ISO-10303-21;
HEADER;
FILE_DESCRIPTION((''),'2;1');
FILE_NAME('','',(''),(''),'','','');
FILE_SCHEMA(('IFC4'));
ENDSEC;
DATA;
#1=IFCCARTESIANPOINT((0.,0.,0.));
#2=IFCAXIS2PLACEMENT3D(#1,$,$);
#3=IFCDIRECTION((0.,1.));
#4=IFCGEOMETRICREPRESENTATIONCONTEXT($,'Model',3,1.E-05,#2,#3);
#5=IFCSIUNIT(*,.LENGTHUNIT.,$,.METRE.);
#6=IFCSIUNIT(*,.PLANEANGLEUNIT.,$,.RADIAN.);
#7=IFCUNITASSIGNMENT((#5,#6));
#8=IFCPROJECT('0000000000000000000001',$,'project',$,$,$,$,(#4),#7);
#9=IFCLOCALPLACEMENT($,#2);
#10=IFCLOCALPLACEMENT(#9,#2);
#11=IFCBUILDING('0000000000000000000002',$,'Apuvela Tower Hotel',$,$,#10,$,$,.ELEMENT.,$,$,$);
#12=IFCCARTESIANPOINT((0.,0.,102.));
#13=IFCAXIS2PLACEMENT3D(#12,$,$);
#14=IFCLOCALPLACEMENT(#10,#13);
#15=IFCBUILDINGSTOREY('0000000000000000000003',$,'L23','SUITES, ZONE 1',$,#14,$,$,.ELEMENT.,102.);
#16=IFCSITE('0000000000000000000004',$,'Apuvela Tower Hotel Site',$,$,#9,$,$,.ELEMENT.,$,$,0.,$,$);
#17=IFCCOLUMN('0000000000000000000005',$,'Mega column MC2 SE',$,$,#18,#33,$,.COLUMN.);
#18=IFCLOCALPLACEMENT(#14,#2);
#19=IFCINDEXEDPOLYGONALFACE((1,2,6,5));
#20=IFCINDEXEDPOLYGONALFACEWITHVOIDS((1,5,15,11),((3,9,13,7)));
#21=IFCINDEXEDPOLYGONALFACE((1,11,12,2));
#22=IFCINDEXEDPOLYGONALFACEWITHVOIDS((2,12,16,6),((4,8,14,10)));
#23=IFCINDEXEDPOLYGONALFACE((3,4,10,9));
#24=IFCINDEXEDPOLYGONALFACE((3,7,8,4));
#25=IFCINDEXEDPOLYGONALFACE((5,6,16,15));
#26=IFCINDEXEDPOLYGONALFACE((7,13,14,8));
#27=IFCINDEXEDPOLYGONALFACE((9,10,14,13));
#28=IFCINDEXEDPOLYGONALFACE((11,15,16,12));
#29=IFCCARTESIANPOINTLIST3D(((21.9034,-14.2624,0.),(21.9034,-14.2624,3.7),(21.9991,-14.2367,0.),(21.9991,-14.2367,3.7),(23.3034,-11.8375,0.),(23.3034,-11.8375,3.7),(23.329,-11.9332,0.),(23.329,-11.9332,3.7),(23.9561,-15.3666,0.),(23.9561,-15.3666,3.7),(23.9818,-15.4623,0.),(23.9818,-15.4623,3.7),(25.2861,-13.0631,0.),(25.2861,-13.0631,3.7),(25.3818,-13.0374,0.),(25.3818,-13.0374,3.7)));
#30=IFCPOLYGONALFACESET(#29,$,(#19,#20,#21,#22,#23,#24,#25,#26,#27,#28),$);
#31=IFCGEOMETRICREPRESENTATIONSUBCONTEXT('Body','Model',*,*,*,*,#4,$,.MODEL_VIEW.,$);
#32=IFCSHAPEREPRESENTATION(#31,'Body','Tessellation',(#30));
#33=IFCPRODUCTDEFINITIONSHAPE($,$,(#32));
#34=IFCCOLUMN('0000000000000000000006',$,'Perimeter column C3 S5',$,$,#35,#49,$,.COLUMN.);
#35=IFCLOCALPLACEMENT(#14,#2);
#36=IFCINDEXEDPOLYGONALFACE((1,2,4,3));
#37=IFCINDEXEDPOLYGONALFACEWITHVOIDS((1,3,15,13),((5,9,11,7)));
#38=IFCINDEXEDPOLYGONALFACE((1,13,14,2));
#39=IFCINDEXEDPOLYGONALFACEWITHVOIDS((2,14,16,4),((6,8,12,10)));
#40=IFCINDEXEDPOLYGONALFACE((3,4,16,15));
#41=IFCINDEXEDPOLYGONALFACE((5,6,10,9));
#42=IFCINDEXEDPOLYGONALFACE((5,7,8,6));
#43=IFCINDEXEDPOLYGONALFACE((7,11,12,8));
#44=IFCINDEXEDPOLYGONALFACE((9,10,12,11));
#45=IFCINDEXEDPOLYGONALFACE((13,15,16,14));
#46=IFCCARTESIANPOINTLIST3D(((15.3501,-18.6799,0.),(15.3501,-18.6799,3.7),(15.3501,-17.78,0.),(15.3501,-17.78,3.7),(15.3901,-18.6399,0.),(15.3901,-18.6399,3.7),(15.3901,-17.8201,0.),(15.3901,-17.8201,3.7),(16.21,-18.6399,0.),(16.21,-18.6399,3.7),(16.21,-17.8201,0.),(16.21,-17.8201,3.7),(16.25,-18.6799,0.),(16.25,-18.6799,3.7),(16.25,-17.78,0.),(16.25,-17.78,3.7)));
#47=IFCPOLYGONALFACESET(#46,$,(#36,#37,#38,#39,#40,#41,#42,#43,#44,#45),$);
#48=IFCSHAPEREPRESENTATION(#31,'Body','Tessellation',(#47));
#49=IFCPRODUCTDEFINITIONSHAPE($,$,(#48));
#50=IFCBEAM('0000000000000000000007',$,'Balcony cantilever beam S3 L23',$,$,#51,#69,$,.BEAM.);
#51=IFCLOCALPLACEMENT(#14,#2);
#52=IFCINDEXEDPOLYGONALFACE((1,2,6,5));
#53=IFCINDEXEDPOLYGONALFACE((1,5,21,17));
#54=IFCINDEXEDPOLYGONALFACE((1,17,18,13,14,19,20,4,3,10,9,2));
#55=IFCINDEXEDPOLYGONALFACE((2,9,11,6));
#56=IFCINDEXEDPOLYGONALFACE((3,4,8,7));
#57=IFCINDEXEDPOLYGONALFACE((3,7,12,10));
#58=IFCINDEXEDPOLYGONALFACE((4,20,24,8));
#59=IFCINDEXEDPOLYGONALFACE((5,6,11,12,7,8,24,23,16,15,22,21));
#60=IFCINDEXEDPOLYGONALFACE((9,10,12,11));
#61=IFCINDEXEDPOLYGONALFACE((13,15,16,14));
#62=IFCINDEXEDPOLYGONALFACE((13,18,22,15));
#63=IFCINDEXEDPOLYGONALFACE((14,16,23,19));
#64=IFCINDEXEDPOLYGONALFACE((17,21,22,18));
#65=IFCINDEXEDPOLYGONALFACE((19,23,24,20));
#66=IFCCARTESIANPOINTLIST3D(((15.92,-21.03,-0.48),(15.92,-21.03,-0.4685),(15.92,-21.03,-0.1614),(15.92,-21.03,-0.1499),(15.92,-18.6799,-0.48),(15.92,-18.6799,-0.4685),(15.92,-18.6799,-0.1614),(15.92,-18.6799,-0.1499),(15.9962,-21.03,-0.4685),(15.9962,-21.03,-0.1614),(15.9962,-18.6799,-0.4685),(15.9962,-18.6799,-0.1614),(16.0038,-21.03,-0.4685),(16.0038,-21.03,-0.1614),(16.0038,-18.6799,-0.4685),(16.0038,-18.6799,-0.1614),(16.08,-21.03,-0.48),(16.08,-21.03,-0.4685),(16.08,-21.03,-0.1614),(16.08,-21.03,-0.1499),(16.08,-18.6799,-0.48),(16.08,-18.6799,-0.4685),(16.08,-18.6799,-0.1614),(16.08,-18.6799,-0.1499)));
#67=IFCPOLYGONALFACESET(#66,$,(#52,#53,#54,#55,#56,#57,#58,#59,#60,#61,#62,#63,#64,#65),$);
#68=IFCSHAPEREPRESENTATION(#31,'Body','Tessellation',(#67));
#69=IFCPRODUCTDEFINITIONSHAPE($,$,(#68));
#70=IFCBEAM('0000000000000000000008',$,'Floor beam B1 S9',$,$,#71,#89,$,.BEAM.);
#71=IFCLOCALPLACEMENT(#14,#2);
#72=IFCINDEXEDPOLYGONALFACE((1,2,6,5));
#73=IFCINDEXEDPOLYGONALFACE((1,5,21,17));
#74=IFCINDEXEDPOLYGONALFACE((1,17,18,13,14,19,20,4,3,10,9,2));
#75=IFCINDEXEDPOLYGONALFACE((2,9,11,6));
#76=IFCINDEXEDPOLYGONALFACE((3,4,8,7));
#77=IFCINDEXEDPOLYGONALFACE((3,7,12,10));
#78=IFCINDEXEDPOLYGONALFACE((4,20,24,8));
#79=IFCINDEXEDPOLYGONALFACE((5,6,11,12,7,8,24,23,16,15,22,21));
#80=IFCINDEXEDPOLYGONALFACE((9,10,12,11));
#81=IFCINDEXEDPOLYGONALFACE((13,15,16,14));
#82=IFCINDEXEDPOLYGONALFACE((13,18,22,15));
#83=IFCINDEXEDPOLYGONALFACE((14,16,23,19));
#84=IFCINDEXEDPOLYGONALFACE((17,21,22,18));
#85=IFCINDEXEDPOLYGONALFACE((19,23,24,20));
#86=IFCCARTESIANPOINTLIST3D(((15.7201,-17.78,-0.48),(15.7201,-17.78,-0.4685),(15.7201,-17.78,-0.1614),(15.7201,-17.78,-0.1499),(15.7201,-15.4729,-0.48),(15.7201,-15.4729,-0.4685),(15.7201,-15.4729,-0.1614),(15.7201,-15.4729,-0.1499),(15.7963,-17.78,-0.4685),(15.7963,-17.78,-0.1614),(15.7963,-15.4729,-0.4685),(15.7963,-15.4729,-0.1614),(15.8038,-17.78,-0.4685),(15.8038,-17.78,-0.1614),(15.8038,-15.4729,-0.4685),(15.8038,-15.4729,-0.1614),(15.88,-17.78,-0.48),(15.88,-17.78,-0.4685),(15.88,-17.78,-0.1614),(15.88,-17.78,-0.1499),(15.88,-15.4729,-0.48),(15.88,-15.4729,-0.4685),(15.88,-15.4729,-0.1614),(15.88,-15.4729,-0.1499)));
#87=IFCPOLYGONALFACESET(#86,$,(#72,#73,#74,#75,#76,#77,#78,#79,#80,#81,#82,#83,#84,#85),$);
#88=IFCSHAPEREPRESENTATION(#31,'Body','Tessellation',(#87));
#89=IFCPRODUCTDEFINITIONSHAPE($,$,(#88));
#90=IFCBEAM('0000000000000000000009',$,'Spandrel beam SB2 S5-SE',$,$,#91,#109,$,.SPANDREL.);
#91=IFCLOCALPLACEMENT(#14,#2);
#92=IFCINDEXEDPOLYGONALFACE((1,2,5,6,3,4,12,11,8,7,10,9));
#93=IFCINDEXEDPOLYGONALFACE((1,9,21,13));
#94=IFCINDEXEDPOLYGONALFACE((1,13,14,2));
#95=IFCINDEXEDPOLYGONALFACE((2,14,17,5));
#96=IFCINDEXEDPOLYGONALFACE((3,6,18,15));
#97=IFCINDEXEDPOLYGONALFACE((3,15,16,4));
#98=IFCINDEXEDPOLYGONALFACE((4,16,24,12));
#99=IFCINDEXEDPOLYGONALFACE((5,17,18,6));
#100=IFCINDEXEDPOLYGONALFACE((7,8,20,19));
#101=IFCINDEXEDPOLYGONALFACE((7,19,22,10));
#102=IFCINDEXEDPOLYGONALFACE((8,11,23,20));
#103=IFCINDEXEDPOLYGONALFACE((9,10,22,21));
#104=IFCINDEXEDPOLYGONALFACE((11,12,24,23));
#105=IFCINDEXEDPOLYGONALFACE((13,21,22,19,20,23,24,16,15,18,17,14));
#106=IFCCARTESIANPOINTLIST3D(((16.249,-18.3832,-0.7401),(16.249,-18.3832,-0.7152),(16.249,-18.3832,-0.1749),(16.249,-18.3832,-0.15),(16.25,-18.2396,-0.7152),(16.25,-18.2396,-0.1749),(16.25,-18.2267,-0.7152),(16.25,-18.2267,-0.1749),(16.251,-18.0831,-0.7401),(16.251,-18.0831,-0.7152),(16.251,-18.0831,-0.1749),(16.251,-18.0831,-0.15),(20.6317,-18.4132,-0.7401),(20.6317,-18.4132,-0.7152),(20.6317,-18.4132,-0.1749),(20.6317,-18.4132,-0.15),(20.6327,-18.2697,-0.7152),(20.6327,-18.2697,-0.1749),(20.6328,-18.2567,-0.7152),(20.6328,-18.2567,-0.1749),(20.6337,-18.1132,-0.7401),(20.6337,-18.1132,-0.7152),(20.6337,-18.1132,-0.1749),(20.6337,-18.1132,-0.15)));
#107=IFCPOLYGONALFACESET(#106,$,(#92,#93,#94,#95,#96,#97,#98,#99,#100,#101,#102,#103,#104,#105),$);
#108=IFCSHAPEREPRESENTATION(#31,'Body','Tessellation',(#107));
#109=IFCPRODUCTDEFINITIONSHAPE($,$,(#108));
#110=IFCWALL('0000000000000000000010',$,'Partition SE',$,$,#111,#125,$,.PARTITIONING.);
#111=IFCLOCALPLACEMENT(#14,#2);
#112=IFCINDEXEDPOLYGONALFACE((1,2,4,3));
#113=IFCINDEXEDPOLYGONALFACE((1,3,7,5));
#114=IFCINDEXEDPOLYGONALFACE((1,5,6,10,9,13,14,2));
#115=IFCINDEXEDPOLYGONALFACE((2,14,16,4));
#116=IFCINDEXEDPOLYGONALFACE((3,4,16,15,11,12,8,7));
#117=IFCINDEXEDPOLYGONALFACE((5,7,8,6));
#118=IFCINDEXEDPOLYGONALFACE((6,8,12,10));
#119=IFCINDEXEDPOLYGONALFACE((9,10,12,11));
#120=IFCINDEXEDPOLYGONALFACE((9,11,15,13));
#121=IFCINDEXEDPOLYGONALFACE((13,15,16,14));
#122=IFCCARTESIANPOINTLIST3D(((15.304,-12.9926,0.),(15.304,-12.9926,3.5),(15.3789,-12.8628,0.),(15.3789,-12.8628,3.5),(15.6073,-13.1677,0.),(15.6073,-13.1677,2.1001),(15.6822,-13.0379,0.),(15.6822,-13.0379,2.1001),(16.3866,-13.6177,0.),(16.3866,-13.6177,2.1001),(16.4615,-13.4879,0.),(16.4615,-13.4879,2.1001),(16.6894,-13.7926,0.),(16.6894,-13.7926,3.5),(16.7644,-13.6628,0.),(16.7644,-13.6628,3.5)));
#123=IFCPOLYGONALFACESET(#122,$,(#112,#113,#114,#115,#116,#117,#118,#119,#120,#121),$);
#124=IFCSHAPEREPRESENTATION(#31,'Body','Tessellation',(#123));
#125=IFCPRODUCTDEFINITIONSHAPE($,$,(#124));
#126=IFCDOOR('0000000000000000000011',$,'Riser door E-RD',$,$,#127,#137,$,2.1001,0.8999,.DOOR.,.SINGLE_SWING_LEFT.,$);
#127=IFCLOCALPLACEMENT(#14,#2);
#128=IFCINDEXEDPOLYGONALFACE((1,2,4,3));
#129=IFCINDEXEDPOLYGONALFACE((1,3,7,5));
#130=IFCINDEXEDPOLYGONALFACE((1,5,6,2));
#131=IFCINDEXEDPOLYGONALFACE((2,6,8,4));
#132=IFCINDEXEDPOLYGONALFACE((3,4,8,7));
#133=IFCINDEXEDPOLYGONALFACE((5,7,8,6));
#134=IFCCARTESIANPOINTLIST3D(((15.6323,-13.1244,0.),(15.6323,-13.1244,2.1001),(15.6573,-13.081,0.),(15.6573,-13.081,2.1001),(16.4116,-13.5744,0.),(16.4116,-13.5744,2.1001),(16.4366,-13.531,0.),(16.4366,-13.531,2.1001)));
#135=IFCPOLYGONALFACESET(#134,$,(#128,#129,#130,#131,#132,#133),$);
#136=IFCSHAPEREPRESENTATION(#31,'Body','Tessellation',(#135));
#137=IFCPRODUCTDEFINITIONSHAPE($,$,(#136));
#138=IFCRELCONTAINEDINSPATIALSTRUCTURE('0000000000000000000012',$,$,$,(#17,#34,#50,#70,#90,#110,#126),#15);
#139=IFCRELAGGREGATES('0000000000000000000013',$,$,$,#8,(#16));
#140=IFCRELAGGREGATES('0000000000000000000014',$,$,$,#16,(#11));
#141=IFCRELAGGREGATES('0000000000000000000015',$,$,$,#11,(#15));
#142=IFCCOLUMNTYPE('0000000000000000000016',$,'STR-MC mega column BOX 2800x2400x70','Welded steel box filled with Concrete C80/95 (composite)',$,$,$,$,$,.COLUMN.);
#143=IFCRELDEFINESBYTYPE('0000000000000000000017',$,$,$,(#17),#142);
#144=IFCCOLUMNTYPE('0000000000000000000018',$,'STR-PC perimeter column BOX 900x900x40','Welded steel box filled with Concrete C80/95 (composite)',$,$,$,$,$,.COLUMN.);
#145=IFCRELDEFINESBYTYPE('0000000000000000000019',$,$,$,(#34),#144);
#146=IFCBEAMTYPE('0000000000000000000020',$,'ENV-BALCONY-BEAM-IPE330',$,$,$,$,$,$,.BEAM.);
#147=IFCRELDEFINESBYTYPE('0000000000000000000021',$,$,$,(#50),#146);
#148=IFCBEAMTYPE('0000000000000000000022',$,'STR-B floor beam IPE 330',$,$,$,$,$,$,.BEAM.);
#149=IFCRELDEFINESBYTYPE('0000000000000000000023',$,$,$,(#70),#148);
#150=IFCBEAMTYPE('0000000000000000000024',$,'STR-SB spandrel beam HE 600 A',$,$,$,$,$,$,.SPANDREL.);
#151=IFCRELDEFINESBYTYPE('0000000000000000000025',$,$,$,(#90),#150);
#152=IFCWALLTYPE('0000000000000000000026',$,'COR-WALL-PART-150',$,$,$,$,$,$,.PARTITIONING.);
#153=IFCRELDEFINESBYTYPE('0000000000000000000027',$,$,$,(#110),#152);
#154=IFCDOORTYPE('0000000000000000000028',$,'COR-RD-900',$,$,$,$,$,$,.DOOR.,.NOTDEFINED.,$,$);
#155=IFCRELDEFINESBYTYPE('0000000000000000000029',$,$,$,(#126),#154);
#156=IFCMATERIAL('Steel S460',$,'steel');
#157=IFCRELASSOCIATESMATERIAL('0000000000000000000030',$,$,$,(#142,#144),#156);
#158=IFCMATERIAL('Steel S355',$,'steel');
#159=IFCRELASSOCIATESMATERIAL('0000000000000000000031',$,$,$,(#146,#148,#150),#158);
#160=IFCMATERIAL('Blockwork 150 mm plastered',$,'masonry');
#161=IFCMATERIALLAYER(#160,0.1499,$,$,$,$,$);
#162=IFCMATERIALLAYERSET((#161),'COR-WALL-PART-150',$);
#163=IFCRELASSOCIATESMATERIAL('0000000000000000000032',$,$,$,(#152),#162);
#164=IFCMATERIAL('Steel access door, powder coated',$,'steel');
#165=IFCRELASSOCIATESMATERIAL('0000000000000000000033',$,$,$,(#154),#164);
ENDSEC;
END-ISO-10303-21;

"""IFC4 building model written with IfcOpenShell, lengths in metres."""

from ifc_helpers import new_model, si_unit, direction, frame, frame_2d, origin, origin_2d, place, context, subcontext, project, spatial, rectangle, hollow_rectangle, i_section, extrude, material, layer, layer_set, material_profile, profile_set, type_object, element, fill, save


model = new_model("IFC4")

# Units and contexts
model_context = context("Model", 3, precision=1e-05, world=origin(), true_north=direction((0.0, 1.0)))
body_context = subcontext(model_context, "Body", "Model", "MODEL_VIEW")
ifc_project = project(units=[si_unit("LENGTHUNIT", "METRE"), si_unit("PLANEANGLEUNIT", "RADIAN")], contexts=[model_context])

# Site, building, storey
site_placement = place(None, origin())
site = spatial("IfcSite", under=ifc_project, at=site_placement, Name="Apuvela Tower Hotel Site", CompositionType="ELEMENT", RefElevation=0.0)
building_placement = place(site_placement, origin())
building = spatial("IfcBuilding", under=site, at=building_placement, Name="Apuvela Tower Hotel", CompositionType="ELEMENT")
storey_placement = place(building_placement, frame((0.0, 0.0, 102.0)))
storey = spatial("IfcBuildingStorey", under=building, at=storey_placement, Name="L23", Description="SUITES, ZONE 1", CompositionType="ELEMENT", Elevation=102.0)

# Columns
ifc_material_1 = material(Name="Steel S460", Category="steel")
ifc_material_profile_1 = material_profile(ifc_material_1, hollow_rectangle(XDim=2.8, YDim=2.3999, WallThickness=0.0701, at=origin_2d()), Name="BOX 2800x2400x70")
ifc_material_2 = material(Name="Concrete C80/95", Category="concrete")
ifc_material_profile_2 = material_profile(ifc_material_2, rectangle(XDim=2.6599, YDim=2.26, at=origin_2d()), Name="Concrete C80/95 infill")
ifc_profile_set_1 = profile_set([ifc_material_profile_1, ifc_material_profile_2], Name="Steel S460")
column_type_1 = type_object("IfcColumnType", Name="STR-MC mega column BOX 2800x2400x70", Description="Welded steel box filled with Concrete C80/95 (composite)", PredefinedType="COLUMN", material=ifc_profile_set_1)
column_1_placement = place(storey_placement, frame((23.6426, -13.6499, 0.0), z_axis=(0.0, 0.0, 1.0), x_axis=(0.5, 0.866025, 0.0)))
element("IfcColumn", 1, at=column_1_placement, inside=storey, type_object=column_type_1, Name="Mega column MC2 SE", PredefinedType="COLUMN", context=body_context, shape_type="SweptSolid", body=[
    extrude(hollow_rectangle(XDim=2.8, YDim=2.3999, WallThickness=0.0701, at=origin_2d()), origin(), (0.0, 0.0, 1.0), 3.7),
])
ifc_material_profile_3 = material_profile(ifc_material_1, hollow_rectangle(XDim=0.8999, YDim=0.8999, WallThickness=0.04, at=origin_2d()), Name="BOX 900x900x40")
ifc_material_profile_4 = material_profile(ifc_material_2, rectangle(XDim=0.8201, YDim=0.8201, at=origin_2d()), Name="Concrete C80/95 infill")
ifc_profile_set_2 = profile_set([ifc_material_profile_3, ifc_material_profile_4], Name="Steel S460")
column_type_2 = type_object("IfcColumnType", Name="STR-PC perimeter column BOX 900x900x40", Description="Welded steel box filled with Concrete C80/95 (composite)", PredefinedType="COLUMN", material=ifc_profile_set_2)
column_2_placement = place(storey_placement, frame((15.8, -18.23, 0.0), z_axis=(0.0, 0.0, 1.0), x_axis=(-1.0, 0.0, 0.0)))
element("IfcColumn", 2, at=column_2_placement, inside=storey, type_object=column_type_2, Name="Perimeter column C3 S5", PredefinedType="COLUMN", context=body_context, shape_type="SweptSolid", body=[
    extrude(hollow_rectangle(XDim=0.8999, YDim=0.8999, WallThickness=0.04, at=origin_2d()), origin(), (0.0, 0.0, 1.0), 3.7),
])

# Beams
ifc_material_3 = material(Name="Steel S355", Category="steel")
ifc_material_profile_5 = material_profile(ifc_material_3, i_section(OverallWidth=0.1599, OverallDepth=0.3301, WebThickness=0.0076, FlangeThickness=0.0115, at=origin_2d()), Name="IPE 330")
ifc_profile_set_3 = profile_set([ifc_material_profile_5], Name="Steel S355")
beam_type_1 = type_object("IfcBeamType", Name="ENV-BALCONY-BEAM-IPE330", PredefinedType="BEAM", material=ifc_profile_set_3)
beam_1_placement = place(storey_placement, frame((16.0, -18.6799, -0.3149), z_axis=(0.0, -1.0, 0.0), x_axis=(1.0, 0.0, 0.0)))
element("IfcBeam", 3, at=beam_1_placement, inside=storey, type_object=beam_type_1, Name="Balcony cantilever beam S3 L23", PredefinedType="BEAM", context=body_context, shape_type="SweptSolid", body=[
    extrude(i_section(OverallWidth=0.1599, OverallDepth=0.3301, WebThickness=0.0076, FlangeThickness=0.0115, at=origin_2d()), origin(), (0.0, 0.0, 1.0), 2.3501),
])
ifc_material_profile_6 = material_profile(ifc_material_3, i_section(OverallWidth=0.1599, OverallDepth=0.3301, WebThickness=0.0076, FlangeThickness=0.0115, at=origin_2d()), Name="IPE 330")
ifc_profile_set_4 = profile_set([ifc_material_profile_6], Name="Steel S355")
beam_type_2 = type_object("IfcBeamType", Name="STR-B floor beam IPE 330", PredefinedType="BEAM", material=ifc_profile_set_4)
beam_2_placement = place(storey_placement, frame((15.8, -17.78, -0.3149), z_axis=(0.0, 1.0, 0.0), x_axis=(-1.0, 0.0, 0.0)))
element("IfcBeam", 4, at=beam_2_placement, inside=storey, type_object=beam_type_2, Name="Floor beam B1 S9", PredefinedType="BEAM", context=body_context, shape_type="SweptSolid", body=[
    extrude(i_section(OverallWidth=0.1599, OverallDepth=0.3301, WebThickness=0.0076, FlangeThickness=0.0115, at=origin_2d()), origin(), (0.0, 0.0, 1.0), 2.3071),
])
ifc_material_profile_7 = material_profile(ifc_material_3, i_section(OverallWidth=0.3, OverallDepth=0.5901, WebThickness=0.0129, FlangeThickness=0.0249, at=origin_2d()), Name="HE 600 A")
ifc_profile_set_5 = profile_set([ifc_material_profile_7], Name="Steel S355")
beam_type_3 = type_object("IfcBeamType", Name="STR-SB spandrel beam HE 600 A", PredefinedType="SPANDREL", material=ifc_profile_set_5)
beam_3_placement = place(storey_placement, frame((16.25, -18.2332, -0.4451), z_axis=(0.999977, -0.006851, 0.0), x_axis=(0.006851, 0.999977, 0.0)))
element("IfcBeam", 5, at=beam_3_placement, inside=storey, type_object=beam_type_3, Name="Spandrel beam SB2 S5-SE", PredefinedType="SPANDREL", context=body_context, shape_type="SweptSolid", body=[
    extrude(i_section(OverallWidth=0.3, OverallDepth=0.5901, WebThickness=0.0129, FlangeThickness=0.0249, at=origin_2d()), origin(), (0.0, 0.0, 1.0), 4.3828),
])

# Wall, opening, door
ifc_material_4 = material(Name="Blockwork 150 mm plastered", Category="masonry")
ifc_layer_1 = layer(ifc_material_4, 0.1499)
ifc_layer_set_1 = layer_set([ifc_layer_1], Name="COR-WALL-PART-150")
wall_type_1 = type_object("IfcWallType", Name="COR-WALL-PART-150", PredefinedType="PARTITIONING", material=ifc_layer_set_1)
wall_1_placement = place(storey_placement, frame((15.3416, -12.9277, 0.0), z_axis=(0.0, 0.0, 1.0), x_axis=(0.86599, -0.500061, 0.0)))
wall_1 = element("IfcWall", 6, at=wall_1_placement, inside=storey, type_object=wall_type_1, Name="Partition SE", PredefinedType="PARTITIONING", context=body_context, shape_type="SweptSolid", body=[
    extrude(rectangle(XDim=1.5999, YDim=0.1499, at=frame_2d((0.7998, 0.0))), origin(), (0.0, 0.0, 1.0), 3.5),
])
opening_1_placement = place(wall_1_placement, frame((0.3501, 0.0, 0.0)))
opening_1 = element("IfcOpeningElement", 7, at=opening_1_placement, cuts=wall_1, PredefinedType="OPENING", context=body_context, shape_type="SweptSolid", body=[
    extrude(rectangle(XDim=0.8999, YDim=2.1001, at=frame_2d((0.45, 1.05))), frame((0.0, 0.085, 0.0), z_axis=(0.0, -1.0, 0.0), x_axis=(1.0, 0.0, 0.0)), (0.0, 0.0, 1.0), 0.1699),
])
ifc_material_5 = material(Name="Steel access door, powder coated", Category="steel")
door_type_1 = type_object("IfcDoorType", Name="COR-RD-900", OperationType="NOTDEFINED", PredefinedType="DOOR", material=ifc_material_5)
door_1_placement = place(opening_1_placement, frame((0.8999, 0.0, 0.0), z_axis=(0.0, 0.0, 1.0), x_axis=(-1.0, 0.0, 0.0)))
door_1 = element("IfcDoor", 8, at=door_1_placement, inside=storey, type_object=door_type_1, Name="Riser door E-RD", OperationType="SINGLE_SWING_LEFT", OverallHeight=2.1001, OverallWidth=0.8999, PredefinedType="DOOR", context=body_context, shape_type="SweptSolid", body=[
    extrude(rectangle(XDim=0.8999, YDim=2.1001, at=frame_2d((0.45, 1.05))), frame((0.0, 0.0249, 0.0), z_axis=(0.0, -1.0, 0.0), x_axis=(1.0, 0.0, 0.0)), (0.0, 0.0, 1.0), 0.05),
])
fill(opening_1, door_1)

save(model, "model.ifc")
